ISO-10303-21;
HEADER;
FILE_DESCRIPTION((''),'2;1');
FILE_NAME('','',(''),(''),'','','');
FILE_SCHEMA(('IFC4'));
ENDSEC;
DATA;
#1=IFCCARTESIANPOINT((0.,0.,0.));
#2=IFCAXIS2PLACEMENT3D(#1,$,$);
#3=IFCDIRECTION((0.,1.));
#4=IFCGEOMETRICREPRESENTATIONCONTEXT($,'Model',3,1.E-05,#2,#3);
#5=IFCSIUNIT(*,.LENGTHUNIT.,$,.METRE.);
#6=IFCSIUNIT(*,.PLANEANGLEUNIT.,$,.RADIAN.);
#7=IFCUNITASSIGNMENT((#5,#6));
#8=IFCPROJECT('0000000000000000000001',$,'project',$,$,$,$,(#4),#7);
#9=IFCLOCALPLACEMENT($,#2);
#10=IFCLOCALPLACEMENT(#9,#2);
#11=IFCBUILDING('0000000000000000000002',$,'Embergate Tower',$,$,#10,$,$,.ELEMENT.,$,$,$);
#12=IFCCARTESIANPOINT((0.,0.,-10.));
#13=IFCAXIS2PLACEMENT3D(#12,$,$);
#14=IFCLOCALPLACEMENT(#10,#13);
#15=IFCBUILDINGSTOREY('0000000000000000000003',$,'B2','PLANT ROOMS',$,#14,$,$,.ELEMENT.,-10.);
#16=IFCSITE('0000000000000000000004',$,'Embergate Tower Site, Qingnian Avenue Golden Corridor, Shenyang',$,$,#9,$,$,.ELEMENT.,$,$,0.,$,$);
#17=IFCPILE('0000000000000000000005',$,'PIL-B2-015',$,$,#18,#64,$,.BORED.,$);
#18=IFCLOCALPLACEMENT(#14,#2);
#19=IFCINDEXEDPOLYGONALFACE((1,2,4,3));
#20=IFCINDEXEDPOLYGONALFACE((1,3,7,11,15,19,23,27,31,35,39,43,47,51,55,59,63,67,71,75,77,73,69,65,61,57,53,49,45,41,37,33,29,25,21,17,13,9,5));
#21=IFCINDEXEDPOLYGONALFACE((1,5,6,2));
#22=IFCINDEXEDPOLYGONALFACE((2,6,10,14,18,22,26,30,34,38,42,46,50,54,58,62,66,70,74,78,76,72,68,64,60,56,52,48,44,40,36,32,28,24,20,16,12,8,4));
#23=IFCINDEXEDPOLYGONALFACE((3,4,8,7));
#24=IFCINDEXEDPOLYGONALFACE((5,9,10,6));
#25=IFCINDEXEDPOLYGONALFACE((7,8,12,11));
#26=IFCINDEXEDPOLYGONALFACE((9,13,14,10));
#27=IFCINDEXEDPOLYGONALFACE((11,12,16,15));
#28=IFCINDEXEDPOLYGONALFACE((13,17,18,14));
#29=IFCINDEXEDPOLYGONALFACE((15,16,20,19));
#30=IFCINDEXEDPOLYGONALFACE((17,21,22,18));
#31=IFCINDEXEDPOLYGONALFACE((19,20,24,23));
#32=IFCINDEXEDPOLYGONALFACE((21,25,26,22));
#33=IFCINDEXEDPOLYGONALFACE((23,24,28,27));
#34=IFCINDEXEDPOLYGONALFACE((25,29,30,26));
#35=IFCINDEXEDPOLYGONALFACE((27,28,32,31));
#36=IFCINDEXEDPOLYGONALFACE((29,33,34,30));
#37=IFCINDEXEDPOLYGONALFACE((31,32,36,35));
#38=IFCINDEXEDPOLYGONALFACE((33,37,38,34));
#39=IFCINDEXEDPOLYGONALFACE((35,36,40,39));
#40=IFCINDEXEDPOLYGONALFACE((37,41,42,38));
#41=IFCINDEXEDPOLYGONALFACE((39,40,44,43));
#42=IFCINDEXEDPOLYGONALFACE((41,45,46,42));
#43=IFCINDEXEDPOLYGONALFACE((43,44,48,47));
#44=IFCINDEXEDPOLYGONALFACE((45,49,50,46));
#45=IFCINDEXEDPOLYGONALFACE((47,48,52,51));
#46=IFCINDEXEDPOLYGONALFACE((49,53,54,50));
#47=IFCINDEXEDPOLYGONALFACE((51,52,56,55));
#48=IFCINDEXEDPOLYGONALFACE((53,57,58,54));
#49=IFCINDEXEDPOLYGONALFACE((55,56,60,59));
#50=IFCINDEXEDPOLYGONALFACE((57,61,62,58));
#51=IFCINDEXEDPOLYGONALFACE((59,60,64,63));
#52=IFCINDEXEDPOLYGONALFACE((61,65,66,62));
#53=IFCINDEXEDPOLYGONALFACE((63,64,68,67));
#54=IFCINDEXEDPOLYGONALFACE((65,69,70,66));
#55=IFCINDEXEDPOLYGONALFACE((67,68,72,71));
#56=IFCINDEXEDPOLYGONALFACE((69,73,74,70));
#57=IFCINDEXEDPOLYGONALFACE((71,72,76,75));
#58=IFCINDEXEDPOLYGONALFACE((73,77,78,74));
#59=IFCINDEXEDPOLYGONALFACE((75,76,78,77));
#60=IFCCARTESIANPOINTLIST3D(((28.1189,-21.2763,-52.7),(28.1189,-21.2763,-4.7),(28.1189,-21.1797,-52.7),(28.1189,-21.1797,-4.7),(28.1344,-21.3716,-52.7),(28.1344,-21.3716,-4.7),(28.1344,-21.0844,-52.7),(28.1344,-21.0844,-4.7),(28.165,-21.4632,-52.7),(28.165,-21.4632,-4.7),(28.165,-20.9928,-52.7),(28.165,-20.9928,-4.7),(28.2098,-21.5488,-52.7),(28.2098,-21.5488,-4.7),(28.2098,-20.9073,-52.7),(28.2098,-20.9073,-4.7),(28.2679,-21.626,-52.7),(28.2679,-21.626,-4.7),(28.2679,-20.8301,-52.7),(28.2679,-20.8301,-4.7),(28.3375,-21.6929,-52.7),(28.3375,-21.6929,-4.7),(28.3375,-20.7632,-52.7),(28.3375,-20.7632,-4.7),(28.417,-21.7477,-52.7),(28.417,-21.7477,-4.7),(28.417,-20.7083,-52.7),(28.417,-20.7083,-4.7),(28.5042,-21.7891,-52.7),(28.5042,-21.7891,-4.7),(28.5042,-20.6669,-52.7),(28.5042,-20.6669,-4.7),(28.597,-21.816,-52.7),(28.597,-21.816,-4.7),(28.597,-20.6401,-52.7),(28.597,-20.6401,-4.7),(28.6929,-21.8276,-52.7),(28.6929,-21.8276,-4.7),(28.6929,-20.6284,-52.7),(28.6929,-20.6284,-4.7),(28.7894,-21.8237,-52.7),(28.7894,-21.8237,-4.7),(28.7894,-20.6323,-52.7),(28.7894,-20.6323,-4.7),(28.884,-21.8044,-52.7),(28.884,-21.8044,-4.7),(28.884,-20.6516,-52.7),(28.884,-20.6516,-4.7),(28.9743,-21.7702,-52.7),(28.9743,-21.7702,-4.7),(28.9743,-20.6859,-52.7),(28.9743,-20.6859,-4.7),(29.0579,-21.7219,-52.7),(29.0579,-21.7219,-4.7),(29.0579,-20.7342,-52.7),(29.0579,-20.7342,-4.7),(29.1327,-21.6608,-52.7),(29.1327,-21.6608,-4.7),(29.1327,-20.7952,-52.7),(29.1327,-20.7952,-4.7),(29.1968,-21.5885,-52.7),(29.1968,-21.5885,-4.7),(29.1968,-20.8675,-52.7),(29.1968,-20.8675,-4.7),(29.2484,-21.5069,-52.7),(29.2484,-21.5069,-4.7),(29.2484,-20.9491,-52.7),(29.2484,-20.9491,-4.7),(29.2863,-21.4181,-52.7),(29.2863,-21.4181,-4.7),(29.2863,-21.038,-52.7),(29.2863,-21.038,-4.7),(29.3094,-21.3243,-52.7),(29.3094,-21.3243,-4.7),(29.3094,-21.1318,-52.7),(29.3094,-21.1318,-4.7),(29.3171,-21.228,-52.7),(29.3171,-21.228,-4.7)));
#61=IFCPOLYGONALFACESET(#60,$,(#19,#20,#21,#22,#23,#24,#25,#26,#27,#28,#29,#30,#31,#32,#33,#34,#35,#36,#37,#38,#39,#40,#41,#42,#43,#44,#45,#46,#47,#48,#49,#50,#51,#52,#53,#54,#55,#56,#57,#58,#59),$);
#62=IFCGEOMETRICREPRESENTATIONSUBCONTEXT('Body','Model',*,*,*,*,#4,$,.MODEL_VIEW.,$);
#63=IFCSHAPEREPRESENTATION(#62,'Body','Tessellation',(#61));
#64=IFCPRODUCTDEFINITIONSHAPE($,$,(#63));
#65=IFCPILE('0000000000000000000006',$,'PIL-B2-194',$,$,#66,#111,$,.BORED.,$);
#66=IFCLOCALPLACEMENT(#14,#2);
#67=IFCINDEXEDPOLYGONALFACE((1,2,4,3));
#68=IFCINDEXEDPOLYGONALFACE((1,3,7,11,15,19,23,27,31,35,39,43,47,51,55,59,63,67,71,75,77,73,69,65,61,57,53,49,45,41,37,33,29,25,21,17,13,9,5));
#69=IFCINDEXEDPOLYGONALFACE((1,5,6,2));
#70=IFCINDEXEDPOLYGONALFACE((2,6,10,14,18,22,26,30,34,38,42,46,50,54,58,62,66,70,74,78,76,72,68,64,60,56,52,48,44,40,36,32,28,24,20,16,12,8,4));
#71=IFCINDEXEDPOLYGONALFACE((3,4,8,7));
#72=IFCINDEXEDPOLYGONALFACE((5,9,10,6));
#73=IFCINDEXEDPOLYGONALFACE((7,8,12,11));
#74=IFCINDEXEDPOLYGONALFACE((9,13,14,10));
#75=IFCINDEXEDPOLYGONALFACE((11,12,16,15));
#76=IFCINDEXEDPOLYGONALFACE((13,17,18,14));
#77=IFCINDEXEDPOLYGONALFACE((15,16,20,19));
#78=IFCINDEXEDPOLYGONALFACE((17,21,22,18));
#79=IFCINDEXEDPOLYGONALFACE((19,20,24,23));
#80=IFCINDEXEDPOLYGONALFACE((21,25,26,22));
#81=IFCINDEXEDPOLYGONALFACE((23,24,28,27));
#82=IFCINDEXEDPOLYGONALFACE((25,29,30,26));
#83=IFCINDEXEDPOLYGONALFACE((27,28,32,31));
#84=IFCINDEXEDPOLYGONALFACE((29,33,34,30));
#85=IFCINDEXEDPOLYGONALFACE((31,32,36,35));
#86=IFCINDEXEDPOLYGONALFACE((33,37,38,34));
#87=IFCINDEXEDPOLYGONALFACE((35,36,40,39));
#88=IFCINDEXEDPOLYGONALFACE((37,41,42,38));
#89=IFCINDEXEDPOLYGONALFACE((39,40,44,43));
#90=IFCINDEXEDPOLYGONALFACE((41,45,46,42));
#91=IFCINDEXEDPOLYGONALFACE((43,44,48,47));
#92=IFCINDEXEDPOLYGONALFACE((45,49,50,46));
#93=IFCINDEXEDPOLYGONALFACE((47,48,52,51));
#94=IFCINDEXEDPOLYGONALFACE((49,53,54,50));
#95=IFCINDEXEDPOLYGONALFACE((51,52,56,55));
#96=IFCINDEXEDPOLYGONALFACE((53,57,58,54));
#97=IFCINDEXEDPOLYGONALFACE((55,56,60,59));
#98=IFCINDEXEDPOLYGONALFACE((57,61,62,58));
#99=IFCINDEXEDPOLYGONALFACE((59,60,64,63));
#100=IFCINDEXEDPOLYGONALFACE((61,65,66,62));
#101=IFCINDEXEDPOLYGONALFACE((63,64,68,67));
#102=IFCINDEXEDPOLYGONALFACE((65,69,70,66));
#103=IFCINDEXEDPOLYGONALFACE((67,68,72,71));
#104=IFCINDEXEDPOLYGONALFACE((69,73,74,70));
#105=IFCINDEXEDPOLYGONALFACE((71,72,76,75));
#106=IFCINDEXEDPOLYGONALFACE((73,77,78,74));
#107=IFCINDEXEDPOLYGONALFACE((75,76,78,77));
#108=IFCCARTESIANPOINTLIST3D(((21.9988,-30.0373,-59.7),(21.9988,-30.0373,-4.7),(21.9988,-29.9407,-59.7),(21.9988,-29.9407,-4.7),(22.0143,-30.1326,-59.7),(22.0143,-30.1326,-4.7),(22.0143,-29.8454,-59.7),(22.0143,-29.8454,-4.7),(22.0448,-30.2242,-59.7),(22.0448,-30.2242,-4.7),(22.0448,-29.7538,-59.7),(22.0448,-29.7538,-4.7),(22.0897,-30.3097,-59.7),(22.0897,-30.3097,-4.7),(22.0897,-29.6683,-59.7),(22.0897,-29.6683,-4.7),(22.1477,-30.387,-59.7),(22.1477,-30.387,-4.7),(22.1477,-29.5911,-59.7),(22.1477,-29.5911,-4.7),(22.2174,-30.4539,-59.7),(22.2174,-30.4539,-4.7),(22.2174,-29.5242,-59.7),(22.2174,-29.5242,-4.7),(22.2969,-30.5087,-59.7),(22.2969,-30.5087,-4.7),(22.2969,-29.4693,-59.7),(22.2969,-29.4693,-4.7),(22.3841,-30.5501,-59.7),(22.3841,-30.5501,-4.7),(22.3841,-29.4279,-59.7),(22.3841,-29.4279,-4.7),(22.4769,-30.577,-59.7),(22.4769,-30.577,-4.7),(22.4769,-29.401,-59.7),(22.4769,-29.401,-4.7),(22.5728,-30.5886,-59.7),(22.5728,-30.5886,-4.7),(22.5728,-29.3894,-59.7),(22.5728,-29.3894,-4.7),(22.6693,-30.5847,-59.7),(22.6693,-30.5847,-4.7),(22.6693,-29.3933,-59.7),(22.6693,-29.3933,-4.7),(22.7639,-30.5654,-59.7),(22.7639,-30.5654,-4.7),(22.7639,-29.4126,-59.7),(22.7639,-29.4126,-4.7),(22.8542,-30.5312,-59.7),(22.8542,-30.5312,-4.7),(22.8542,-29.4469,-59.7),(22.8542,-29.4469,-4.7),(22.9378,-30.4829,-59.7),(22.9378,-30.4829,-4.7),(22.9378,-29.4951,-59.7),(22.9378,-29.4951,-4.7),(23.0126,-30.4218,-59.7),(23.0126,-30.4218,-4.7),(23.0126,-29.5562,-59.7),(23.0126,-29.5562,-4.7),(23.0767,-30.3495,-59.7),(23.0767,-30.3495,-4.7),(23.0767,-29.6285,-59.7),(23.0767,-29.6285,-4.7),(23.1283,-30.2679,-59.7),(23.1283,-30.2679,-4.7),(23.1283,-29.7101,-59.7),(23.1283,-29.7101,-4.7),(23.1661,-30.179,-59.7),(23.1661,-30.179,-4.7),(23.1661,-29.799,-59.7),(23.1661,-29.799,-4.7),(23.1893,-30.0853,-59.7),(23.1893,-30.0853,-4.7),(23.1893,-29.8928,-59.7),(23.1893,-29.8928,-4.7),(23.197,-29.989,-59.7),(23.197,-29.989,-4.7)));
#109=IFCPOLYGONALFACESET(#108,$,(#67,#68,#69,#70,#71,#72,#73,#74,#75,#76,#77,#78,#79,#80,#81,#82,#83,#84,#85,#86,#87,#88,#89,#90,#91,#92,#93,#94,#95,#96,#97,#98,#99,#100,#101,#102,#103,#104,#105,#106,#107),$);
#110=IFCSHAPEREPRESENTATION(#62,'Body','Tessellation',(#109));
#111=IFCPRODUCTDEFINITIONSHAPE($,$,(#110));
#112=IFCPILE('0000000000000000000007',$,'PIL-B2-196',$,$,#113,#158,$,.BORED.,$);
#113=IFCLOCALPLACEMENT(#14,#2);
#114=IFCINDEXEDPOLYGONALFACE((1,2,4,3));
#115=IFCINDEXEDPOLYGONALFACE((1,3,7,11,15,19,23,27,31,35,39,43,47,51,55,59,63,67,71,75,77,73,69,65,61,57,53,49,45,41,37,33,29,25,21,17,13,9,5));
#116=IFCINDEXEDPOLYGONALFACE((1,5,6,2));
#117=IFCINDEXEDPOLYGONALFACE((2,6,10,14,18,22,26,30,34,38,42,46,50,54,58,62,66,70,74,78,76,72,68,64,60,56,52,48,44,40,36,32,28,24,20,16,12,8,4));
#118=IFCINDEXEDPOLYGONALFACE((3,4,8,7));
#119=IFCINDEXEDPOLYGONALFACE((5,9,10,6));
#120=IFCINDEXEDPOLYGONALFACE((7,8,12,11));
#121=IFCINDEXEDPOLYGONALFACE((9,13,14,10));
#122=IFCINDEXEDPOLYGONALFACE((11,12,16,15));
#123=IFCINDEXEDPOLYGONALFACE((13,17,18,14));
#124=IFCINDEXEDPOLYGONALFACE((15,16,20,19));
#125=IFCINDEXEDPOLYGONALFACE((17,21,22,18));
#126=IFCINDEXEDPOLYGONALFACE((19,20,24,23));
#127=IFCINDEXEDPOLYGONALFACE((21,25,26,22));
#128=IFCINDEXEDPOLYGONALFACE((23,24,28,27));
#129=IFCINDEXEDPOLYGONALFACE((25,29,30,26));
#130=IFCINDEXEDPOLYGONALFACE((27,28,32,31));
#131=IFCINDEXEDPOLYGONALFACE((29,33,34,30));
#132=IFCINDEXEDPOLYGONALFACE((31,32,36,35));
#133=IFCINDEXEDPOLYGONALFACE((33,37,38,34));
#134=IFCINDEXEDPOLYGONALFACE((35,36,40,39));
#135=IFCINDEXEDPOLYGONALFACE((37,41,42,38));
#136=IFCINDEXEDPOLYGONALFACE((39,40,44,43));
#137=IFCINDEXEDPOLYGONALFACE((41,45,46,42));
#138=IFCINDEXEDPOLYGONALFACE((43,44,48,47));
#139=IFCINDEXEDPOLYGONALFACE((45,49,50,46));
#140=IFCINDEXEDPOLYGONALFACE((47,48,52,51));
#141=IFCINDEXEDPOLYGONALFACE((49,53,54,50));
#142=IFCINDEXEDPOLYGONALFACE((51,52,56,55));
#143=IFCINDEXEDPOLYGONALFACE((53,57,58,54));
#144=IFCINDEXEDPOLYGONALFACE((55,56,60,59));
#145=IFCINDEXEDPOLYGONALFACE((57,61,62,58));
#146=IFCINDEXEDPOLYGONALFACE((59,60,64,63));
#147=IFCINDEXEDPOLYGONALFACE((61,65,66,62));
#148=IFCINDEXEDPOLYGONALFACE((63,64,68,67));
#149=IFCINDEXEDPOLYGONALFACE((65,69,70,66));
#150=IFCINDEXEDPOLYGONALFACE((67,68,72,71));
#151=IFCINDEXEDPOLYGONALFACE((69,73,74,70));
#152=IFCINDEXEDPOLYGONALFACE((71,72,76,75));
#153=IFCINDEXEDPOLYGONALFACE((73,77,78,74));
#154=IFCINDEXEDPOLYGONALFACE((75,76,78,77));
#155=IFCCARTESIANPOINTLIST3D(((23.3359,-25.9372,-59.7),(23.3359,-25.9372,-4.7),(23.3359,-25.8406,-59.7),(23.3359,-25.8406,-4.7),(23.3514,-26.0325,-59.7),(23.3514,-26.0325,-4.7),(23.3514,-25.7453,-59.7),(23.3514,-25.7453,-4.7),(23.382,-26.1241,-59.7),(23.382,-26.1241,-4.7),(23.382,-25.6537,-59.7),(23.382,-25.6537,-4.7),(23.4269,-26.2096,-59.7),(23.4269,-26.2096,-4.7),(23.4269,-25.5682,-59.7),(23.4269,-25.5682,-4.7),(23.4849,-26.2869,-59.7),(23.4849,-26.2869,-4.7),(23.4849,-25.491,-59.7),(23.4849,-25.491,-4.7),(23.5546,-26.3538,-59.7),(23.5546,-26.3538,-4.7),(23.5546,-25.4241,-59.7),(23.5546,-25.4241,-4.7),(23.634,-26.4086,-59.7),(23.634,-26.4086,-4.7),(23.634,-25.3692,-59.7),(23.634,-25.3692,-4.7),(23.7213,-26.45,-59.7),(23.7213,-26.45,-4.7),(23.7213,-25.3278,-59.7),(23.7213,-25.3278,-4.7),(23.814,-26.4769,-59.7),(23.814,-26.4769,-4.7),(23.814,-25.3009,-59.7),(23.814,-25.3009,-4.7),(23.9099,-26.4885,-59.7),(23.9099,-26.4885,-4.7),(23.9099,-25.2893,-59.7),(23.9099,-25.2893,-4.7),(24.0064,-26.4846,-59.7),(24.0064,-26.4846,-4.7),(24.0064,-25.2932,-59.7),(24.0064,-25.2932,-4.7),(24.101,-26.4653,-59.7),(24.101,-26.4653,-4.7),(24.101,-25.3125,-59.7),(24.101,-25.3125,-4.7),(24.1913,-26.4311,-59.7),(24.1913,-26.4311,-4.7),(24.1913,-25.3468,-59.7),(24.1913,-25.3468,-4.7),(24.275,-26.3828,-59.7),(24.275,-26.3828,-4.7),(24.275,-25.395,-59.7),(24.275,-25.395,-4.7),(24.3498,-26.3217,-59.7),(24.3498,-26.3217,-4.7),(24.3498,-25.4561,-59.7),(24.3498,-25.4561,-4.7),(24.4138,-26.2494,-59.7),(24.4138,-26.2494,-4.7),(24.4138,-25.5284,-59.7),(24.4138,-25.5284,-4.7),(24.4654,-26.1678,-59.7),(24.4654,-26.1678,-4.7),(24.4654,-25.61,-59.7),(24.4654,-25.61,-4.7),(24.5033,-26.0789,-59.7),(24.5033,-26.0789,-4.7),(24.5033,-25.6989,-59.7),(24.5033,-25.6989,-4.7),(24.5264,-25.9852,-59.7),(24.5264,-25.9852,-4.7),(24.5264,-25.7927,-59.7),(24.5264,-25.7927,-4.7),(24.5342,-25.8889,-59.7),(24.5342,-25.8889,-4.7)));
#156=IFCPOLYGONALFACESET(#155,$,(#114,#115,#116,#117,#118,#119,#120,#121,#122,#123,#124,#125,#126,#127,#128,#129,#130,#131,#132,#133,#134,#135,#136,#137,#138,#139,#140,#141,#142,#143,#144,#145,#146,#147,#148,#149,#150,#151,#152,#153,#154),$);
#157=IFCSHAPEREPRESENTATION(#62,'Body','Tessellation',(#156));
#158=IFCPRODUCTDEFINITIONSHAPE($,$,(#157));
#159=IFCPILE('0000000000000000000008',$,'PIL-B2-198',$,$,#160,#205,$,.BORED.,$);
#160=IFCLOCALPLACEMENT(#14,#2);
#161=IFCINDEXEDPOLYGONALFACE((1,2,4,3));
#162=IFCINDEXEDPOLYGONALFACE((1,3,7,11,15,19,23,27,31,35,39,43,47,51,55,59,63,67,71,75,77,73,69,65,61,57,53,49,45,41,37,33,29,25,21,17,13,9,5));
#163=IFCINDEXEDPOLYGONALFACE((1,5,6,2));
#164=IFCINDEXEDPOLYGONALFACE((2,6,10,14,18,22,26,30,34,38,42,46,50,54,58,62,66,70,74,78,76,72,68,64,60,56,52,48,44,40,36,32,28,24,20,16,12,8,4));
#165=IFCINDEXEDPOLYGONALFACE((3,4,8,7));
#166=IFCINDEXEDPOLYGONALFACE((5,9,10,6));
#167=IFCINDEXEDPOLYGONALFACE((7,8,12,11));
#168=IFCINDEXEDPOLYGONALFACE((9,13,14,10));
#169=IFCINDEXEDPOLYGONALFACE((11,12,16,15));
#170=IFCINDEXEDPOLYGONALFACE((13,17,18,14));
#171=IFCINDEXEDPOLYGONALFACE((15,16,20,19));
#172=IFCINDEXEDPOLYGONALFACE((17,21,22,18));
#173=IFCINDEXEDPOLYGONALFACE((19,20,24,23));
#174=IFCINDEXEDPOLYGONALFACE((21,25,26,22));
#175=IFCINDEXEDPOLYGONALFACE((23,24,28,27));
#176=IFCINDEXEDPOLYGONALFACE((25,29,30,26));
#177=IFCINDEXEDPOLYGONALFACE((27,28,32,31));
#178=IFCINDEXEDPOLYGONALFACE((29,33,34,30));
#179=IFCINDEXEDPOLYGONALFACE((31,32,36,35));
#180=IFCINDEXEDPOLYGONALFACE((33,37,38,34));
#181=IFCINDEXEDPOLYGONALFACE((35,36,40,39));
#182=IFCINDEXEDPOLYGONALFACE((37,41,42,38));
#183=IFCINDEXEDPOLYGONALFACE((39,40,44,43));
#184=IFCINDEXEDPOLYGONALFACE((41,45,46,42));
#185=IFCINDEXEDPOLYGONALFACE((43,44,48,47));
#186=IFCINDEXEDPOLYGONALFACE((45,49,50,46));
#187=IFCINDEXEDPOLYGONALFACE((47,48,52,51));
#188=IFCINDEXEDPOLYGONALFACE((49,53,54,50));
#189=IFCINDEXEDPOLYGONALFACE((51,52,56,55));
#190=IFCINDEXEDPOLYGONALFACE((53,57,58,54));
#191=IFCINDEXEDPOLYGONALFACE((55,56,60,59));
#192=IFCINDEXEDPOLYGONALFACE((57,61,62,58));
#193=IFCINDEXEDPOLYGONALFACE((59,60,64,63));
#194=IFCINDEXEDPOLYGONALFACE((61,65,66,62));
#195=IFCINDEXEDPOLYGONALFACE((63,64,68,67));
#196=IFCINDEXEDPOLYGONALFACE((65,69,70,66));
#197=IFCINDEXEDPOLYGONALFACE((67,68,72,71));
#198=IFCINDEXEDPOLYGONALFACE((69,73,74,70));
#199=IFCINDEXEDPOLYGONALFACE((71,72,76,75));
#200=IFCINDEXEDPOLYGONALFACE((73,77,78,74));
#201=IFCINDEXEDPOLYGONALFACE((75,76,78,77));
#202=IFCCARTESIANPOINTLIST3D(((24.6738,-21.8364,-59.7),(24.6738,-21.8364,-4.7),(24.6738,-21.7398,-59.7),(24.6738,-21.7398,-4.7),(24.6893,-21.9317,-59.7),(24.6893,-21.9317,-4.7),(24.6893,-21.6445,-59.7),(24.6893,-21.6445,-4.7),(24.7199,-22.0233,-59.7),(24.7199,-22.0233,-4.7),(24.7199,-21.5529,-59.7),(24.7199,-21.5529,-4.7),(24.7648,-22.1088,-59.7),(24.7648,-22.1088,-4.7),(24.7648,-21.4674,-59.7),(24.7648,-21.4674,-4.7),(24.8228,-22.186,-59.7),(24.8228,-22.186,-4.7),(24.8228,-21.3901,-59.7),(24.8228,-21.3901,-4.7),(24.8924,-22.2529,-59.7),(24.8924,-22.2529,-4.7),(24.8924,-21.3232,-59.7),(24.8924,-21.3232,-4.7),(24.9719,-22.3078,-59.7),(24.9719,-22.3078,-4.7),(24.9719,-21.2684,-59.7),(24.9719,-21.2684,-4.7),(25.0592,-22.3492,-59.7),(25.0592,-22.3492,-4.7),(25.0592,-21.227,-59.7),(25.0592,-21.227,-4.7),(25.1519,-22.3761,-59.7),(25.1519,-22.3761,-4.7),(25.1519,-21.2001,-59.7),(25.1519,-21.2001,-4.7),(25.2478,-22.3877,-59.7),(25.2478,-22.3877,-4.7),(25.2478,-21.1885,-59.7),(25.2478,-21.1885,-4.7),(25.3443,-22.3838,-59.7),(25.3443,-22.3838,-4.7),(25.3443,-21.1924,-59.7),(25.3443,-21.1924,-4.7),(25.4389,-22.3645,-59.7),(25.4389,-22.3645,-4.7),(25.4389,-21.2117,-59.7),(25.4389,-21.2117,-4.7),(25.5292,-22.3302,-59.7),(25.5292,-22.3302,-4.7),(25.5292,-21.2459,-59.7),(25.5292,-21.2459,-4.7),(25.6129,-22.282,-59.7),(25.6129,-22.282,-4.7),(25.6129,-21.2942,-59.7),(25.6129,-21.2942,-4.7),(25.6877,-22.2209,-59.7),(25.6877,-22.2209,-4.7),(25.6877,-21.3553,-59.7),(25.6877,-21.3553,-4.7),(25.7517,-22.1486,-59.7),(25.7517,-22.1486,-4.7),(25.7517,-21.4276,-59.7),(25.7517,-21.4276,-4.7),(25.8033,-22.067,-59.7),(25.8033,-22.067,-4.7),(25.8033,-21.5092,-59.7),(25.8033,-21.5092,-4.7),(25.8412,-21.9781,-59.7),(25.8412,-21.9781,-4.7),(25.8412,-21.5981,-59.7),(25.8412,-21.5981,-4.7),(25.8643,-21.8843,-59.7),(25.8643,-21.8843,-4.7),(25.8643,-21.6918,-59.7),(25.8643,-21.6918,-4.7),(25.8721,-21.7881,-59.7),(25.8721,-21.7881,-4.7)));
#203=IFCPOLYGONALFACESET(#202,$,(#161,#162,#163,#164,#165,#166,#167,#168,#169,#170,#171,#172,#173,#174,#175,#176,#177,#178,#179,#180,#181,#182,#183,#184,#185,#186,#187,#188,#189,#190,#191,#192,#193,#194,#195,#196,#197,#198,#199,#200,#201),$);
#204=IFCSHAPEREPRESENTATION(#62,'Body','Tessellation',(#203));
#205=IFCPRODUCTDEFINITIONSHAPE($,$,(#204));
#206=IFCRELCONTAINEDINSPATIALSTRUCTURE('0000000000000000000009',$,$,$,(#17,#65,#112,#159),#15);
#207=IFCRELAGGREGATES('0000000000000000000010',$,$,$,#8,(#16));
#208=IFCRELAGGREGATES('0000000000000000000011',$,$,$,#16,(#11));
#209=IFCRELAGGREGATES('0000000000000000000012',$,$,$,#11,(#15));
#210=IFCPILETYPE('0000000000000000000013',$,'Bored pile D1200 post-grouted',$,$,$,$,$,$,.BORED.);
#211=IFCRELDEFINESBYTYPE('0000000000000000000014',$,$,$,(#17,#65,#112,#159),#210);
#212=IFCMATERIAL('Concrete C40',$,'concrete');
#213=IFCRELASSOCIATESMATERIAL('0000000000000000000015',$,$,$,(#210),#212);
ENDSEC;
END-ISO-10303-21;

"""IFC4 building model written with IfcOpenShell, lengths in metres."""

from ifc_helpers import new_model, si_unit, direction, frame, origin, origin_2d, place, context, subcontext, project, spatial, circle, extrude, source, transform, mapped, material, material_profile, profile_set, type_object, element, save


model = new_model("IFC4")

# Units and contexts
model_context = context("Model", 3, precision=1e-05, world=origin(), true_north=direction((0.0, 1.0)))
body_context = subcontext(model_context, "Body", "Model", "MODEL_VIEW")
ifc_project = project(units=[si_unit("LENGTHUNIT", "METRE"), si_unit("PLANEANGLEUNIT", "RADIAN")], contexts=[model_context])

# Site, building, storey
site_placement = place(None, origin())
site = spatial("IfcSite", under=ifc_project, at=site_placement, Name="Embergate Tower Site, Qingnian Avenue Golden Corridor, Shenyang", CompositionType="ELEMENT", RefElevation=0.0)
building_placement = place(site_placement, origin())
building = spatial("IfcBuilding", under=site, at=building_placement, Name="Embergate Tower", CompositionType="ELEMENT")
storey_placement = place(building_placement, frame((0.0, 0.0, -10.0)))
storey = spatial("IfcBuildingStorey", under=building, at=storey_placement, Name="B2", Description="PLANT ROOMS", CompositionType="ELEMENT", Elevation=-10.0)

# Piles
ifc_material_1 = material(Name="Concrete C40", Category="concrete")
ifc_material_profile_1 = material_profile(ifc_material_1, circle(Radius=0.6001, at=origin_2d()), Name="D1200")
ifc_profile_set_1 = profile_set([ifc_material_profile_1], Name="Concrete C40")
pile_type = type_object("IfcPileType", Name="Bored pile D1200 post-grouted", PredefinedType="BORED", material=ifc_profile_set_1)
shared_shape_1 = source(origin(), body_context, "Body", "SweptSolid", [
    extrude(circle(Radius=0.6001, at=origin_2d()), origin(), (0.0, 0.0, 1.0), 48.0),
])
pile_placement = place(storey_placement, frame((28.717, -21.228, -4.7), z_axis=(0.0, 0.0, -1.0), x_axis=(1.0, 0.0, 0.0)))
element("IfcPile", 1, at=pile_placement, inside=storey, type_object=pile_type, Name="PIL-B2-015", PredefinedType="BORED", context=body_context, shape_type="MappedRepresentation", body=[
    mapped(shared_shape_1, transform((0.0, 0.0, 0.0))),
])
shared_shape_2 = source(origin(), body_context, "Body", "SweptSolid", [
    extrude(circle(Radius=0.6001, at=origin_2d()), origin(), (0.0, 0.0, 1.0), 55.0),
])
for number, where, z_axis, x_axis, name in (
    (2, (22.5969, -29.989, -4.7), (0.0, 0.0, -1.0), (1.0, 0.0, 0.0), "PIL-B2-194"),
    (3, (23.9341, -25.8889, -4.7), (0.0, 0.0, -1.0), (1.0, 0.0, 0.0), "PIL-B2-196"),
    (4, (25.272, -21.7881, -4.7), (0.0, 0.0, -1.0), (1.0, 0.0, 0.0), "PIL-B2-198"),
):
    element("IfcPile", number, at=place(storey_placement, frame(where, z_axis=z_axis, x_axis=x_axis)), inside=storey, type_object=pile_type, Name=name, PredefinedType="BORED", context=body_context, shape_type="MappedRepresentation", body=[
        mapped(shared_shape_2, transform((0.0, 0.0, 0.0))),
    ])

save(model, "model.ifc")
